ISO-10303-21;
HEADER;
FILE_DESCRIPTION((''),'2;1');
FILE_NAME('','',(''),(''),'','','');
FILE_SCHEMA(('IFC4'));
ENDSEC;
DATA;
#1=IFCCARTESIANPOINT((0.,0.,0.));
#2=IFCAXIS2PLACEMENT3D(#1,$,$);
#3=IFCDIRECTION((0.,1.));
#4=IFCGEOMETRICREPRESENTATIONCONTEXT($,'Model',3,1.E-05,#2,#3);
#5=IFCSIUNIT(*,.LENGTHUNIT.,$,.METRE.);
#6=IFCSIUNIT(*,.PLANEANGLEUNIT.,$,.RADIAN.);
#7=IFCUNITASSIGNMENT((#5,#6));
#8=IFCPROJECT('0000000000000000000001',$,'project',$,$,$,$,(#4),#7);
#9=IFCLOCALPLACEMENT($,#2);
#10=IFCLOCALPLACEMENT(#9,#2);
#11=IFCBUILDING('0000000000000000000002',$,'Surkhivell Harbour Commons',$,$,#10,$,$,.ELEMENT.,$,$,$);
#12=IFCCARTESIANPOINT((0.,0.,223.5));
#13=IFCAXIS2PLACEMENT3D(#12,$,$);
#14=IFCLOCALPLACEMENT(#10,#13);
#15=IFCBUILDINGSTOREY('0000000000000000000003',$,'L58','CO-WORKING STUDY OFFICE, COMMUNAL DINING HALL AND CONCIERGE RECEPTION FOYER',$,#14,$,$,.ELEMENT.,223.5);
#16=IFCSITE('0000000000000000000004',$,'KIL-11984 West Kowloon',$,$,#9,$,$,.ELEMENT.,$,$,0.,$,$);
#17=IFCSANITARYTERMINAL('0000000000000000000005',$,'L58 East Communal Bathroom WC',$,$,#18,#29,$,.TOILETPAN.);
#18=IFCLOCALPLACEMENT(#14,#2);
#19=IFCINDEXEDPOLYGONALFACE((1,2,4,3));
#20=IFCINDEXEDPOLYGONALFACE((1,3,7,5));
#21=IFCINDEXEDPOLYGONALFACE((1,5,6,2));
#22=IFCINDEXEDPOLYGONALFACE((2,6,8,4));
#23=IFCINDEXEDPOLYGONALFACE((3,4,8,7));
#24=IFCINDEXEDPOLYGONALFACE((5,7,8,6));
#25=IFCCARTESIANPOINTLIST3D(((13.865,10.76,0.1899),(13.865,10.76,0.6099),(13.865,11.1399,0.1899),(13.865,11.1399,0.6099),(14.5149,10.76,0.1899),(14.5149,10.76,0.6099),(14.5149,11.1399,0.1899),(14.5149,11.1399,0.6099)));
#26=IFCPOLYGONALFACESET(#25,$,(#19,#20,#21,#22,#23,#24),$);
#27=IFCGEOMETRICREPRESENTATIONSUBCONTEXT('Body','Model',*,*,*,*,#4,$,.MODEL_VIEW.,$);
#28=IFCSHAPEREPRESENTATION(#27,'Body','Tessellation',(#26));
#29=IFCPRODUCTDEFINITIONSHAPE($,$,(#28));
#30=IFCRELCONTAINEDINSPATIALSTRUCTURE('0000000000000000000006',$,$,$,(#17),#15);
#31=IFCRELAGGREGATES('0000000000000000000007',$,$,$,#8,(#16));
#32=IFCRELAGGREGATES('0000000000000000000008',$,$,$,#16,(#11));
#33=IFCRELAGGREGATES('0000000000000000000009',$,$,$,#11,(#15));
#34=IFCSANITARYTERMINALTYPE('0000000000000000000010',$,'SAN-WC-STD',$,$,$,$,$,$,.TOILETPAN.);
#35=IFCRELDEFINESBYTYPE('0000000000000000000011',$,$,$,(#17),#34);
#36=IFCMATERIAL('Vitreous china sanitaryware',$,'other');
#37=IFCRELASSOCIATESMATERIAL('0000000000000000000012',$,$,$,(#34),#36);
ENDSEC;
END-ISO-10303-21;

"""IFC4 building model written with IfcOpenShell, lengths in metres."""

from ifc_helpers import new_model, si_unit, direction, frame, origin, origin_2d, place, context, subcontext, project, spatial, rectangle, extrude, material, type_object, element, save


model = new_model("IFC4")

# Units and contexts
model_context = context("Model", 3, precision=1e-05, world=origin(), true_north=direction((0.0, 1.0)))
body_context = subcontext(model_context, "Body", "Model", "MODEL_VIEW")
ifc_project = project(units=[si_unit("LENGTHUNIT", "METRE"), si_unit("PLANEANGLEUNIT", "RADIAN")], contexts=[model_context])

# Site, building, storey
site_placement = place(None, origin())
site = spatial("IfcSite", under=ifc_project, at=site_placement, Name="KIL-11984 West Kowloon", CompositionType="ELEMENT", RefElevation=0.0)
building_placement = place(site_placement, origin())
building = spatial("IfcBuilding", under=site, at=building_placement, Name="Surkhivell Harbour Commons", CompositionType="ELEMENT")
storey_placement = place(building_placement, frame((0.0, 0.0, 223.5)))
storey = spatial("IfcBuildingStorey", under=building, at=storey_placement, Name="L58", Description="CO-WORKING STUDY OFFICE, COMMUNAL DINING HALL AND CONCIERGE RECEPTION FOYER", CompositionType="ELEMENT", Elevation=223.5)

# Sanitary terminal
ifc_material_1 = material(Name="Vitreous china sanitaryware", Category="other")
sanitary_terminal_type_1 = type_object("IfcSanitaryTerminalType", Name="SAN-WC-STD", PredefinedType="TOILETPAN", material=ifc_material_1)
sanitary_terminal_1_placement = place(storey_placement, frame((14.1899, 10.95, 0.1899), z_axis=(0.0, 0.0, 1.0), x_axis=(1.0, 0.0, 0.0)))
element("IfcSanitaryTerminal", 1, at=sanitary_terminal_1_placement, inside=storey, type_object=sanitary_terminal_type_1, Name="L58 East Communal Bathroom WC", PredefinedType="TOILETPAN", context=body_context, shape_type="SweptSolid", body=[
    extrude(rectangle(XDim=0.6499, YDim=0.3799, at=origin_2d()), origin(), (0.0, 0.0, 1.0), 0.4199),
])

save(model, "model.ifc")
